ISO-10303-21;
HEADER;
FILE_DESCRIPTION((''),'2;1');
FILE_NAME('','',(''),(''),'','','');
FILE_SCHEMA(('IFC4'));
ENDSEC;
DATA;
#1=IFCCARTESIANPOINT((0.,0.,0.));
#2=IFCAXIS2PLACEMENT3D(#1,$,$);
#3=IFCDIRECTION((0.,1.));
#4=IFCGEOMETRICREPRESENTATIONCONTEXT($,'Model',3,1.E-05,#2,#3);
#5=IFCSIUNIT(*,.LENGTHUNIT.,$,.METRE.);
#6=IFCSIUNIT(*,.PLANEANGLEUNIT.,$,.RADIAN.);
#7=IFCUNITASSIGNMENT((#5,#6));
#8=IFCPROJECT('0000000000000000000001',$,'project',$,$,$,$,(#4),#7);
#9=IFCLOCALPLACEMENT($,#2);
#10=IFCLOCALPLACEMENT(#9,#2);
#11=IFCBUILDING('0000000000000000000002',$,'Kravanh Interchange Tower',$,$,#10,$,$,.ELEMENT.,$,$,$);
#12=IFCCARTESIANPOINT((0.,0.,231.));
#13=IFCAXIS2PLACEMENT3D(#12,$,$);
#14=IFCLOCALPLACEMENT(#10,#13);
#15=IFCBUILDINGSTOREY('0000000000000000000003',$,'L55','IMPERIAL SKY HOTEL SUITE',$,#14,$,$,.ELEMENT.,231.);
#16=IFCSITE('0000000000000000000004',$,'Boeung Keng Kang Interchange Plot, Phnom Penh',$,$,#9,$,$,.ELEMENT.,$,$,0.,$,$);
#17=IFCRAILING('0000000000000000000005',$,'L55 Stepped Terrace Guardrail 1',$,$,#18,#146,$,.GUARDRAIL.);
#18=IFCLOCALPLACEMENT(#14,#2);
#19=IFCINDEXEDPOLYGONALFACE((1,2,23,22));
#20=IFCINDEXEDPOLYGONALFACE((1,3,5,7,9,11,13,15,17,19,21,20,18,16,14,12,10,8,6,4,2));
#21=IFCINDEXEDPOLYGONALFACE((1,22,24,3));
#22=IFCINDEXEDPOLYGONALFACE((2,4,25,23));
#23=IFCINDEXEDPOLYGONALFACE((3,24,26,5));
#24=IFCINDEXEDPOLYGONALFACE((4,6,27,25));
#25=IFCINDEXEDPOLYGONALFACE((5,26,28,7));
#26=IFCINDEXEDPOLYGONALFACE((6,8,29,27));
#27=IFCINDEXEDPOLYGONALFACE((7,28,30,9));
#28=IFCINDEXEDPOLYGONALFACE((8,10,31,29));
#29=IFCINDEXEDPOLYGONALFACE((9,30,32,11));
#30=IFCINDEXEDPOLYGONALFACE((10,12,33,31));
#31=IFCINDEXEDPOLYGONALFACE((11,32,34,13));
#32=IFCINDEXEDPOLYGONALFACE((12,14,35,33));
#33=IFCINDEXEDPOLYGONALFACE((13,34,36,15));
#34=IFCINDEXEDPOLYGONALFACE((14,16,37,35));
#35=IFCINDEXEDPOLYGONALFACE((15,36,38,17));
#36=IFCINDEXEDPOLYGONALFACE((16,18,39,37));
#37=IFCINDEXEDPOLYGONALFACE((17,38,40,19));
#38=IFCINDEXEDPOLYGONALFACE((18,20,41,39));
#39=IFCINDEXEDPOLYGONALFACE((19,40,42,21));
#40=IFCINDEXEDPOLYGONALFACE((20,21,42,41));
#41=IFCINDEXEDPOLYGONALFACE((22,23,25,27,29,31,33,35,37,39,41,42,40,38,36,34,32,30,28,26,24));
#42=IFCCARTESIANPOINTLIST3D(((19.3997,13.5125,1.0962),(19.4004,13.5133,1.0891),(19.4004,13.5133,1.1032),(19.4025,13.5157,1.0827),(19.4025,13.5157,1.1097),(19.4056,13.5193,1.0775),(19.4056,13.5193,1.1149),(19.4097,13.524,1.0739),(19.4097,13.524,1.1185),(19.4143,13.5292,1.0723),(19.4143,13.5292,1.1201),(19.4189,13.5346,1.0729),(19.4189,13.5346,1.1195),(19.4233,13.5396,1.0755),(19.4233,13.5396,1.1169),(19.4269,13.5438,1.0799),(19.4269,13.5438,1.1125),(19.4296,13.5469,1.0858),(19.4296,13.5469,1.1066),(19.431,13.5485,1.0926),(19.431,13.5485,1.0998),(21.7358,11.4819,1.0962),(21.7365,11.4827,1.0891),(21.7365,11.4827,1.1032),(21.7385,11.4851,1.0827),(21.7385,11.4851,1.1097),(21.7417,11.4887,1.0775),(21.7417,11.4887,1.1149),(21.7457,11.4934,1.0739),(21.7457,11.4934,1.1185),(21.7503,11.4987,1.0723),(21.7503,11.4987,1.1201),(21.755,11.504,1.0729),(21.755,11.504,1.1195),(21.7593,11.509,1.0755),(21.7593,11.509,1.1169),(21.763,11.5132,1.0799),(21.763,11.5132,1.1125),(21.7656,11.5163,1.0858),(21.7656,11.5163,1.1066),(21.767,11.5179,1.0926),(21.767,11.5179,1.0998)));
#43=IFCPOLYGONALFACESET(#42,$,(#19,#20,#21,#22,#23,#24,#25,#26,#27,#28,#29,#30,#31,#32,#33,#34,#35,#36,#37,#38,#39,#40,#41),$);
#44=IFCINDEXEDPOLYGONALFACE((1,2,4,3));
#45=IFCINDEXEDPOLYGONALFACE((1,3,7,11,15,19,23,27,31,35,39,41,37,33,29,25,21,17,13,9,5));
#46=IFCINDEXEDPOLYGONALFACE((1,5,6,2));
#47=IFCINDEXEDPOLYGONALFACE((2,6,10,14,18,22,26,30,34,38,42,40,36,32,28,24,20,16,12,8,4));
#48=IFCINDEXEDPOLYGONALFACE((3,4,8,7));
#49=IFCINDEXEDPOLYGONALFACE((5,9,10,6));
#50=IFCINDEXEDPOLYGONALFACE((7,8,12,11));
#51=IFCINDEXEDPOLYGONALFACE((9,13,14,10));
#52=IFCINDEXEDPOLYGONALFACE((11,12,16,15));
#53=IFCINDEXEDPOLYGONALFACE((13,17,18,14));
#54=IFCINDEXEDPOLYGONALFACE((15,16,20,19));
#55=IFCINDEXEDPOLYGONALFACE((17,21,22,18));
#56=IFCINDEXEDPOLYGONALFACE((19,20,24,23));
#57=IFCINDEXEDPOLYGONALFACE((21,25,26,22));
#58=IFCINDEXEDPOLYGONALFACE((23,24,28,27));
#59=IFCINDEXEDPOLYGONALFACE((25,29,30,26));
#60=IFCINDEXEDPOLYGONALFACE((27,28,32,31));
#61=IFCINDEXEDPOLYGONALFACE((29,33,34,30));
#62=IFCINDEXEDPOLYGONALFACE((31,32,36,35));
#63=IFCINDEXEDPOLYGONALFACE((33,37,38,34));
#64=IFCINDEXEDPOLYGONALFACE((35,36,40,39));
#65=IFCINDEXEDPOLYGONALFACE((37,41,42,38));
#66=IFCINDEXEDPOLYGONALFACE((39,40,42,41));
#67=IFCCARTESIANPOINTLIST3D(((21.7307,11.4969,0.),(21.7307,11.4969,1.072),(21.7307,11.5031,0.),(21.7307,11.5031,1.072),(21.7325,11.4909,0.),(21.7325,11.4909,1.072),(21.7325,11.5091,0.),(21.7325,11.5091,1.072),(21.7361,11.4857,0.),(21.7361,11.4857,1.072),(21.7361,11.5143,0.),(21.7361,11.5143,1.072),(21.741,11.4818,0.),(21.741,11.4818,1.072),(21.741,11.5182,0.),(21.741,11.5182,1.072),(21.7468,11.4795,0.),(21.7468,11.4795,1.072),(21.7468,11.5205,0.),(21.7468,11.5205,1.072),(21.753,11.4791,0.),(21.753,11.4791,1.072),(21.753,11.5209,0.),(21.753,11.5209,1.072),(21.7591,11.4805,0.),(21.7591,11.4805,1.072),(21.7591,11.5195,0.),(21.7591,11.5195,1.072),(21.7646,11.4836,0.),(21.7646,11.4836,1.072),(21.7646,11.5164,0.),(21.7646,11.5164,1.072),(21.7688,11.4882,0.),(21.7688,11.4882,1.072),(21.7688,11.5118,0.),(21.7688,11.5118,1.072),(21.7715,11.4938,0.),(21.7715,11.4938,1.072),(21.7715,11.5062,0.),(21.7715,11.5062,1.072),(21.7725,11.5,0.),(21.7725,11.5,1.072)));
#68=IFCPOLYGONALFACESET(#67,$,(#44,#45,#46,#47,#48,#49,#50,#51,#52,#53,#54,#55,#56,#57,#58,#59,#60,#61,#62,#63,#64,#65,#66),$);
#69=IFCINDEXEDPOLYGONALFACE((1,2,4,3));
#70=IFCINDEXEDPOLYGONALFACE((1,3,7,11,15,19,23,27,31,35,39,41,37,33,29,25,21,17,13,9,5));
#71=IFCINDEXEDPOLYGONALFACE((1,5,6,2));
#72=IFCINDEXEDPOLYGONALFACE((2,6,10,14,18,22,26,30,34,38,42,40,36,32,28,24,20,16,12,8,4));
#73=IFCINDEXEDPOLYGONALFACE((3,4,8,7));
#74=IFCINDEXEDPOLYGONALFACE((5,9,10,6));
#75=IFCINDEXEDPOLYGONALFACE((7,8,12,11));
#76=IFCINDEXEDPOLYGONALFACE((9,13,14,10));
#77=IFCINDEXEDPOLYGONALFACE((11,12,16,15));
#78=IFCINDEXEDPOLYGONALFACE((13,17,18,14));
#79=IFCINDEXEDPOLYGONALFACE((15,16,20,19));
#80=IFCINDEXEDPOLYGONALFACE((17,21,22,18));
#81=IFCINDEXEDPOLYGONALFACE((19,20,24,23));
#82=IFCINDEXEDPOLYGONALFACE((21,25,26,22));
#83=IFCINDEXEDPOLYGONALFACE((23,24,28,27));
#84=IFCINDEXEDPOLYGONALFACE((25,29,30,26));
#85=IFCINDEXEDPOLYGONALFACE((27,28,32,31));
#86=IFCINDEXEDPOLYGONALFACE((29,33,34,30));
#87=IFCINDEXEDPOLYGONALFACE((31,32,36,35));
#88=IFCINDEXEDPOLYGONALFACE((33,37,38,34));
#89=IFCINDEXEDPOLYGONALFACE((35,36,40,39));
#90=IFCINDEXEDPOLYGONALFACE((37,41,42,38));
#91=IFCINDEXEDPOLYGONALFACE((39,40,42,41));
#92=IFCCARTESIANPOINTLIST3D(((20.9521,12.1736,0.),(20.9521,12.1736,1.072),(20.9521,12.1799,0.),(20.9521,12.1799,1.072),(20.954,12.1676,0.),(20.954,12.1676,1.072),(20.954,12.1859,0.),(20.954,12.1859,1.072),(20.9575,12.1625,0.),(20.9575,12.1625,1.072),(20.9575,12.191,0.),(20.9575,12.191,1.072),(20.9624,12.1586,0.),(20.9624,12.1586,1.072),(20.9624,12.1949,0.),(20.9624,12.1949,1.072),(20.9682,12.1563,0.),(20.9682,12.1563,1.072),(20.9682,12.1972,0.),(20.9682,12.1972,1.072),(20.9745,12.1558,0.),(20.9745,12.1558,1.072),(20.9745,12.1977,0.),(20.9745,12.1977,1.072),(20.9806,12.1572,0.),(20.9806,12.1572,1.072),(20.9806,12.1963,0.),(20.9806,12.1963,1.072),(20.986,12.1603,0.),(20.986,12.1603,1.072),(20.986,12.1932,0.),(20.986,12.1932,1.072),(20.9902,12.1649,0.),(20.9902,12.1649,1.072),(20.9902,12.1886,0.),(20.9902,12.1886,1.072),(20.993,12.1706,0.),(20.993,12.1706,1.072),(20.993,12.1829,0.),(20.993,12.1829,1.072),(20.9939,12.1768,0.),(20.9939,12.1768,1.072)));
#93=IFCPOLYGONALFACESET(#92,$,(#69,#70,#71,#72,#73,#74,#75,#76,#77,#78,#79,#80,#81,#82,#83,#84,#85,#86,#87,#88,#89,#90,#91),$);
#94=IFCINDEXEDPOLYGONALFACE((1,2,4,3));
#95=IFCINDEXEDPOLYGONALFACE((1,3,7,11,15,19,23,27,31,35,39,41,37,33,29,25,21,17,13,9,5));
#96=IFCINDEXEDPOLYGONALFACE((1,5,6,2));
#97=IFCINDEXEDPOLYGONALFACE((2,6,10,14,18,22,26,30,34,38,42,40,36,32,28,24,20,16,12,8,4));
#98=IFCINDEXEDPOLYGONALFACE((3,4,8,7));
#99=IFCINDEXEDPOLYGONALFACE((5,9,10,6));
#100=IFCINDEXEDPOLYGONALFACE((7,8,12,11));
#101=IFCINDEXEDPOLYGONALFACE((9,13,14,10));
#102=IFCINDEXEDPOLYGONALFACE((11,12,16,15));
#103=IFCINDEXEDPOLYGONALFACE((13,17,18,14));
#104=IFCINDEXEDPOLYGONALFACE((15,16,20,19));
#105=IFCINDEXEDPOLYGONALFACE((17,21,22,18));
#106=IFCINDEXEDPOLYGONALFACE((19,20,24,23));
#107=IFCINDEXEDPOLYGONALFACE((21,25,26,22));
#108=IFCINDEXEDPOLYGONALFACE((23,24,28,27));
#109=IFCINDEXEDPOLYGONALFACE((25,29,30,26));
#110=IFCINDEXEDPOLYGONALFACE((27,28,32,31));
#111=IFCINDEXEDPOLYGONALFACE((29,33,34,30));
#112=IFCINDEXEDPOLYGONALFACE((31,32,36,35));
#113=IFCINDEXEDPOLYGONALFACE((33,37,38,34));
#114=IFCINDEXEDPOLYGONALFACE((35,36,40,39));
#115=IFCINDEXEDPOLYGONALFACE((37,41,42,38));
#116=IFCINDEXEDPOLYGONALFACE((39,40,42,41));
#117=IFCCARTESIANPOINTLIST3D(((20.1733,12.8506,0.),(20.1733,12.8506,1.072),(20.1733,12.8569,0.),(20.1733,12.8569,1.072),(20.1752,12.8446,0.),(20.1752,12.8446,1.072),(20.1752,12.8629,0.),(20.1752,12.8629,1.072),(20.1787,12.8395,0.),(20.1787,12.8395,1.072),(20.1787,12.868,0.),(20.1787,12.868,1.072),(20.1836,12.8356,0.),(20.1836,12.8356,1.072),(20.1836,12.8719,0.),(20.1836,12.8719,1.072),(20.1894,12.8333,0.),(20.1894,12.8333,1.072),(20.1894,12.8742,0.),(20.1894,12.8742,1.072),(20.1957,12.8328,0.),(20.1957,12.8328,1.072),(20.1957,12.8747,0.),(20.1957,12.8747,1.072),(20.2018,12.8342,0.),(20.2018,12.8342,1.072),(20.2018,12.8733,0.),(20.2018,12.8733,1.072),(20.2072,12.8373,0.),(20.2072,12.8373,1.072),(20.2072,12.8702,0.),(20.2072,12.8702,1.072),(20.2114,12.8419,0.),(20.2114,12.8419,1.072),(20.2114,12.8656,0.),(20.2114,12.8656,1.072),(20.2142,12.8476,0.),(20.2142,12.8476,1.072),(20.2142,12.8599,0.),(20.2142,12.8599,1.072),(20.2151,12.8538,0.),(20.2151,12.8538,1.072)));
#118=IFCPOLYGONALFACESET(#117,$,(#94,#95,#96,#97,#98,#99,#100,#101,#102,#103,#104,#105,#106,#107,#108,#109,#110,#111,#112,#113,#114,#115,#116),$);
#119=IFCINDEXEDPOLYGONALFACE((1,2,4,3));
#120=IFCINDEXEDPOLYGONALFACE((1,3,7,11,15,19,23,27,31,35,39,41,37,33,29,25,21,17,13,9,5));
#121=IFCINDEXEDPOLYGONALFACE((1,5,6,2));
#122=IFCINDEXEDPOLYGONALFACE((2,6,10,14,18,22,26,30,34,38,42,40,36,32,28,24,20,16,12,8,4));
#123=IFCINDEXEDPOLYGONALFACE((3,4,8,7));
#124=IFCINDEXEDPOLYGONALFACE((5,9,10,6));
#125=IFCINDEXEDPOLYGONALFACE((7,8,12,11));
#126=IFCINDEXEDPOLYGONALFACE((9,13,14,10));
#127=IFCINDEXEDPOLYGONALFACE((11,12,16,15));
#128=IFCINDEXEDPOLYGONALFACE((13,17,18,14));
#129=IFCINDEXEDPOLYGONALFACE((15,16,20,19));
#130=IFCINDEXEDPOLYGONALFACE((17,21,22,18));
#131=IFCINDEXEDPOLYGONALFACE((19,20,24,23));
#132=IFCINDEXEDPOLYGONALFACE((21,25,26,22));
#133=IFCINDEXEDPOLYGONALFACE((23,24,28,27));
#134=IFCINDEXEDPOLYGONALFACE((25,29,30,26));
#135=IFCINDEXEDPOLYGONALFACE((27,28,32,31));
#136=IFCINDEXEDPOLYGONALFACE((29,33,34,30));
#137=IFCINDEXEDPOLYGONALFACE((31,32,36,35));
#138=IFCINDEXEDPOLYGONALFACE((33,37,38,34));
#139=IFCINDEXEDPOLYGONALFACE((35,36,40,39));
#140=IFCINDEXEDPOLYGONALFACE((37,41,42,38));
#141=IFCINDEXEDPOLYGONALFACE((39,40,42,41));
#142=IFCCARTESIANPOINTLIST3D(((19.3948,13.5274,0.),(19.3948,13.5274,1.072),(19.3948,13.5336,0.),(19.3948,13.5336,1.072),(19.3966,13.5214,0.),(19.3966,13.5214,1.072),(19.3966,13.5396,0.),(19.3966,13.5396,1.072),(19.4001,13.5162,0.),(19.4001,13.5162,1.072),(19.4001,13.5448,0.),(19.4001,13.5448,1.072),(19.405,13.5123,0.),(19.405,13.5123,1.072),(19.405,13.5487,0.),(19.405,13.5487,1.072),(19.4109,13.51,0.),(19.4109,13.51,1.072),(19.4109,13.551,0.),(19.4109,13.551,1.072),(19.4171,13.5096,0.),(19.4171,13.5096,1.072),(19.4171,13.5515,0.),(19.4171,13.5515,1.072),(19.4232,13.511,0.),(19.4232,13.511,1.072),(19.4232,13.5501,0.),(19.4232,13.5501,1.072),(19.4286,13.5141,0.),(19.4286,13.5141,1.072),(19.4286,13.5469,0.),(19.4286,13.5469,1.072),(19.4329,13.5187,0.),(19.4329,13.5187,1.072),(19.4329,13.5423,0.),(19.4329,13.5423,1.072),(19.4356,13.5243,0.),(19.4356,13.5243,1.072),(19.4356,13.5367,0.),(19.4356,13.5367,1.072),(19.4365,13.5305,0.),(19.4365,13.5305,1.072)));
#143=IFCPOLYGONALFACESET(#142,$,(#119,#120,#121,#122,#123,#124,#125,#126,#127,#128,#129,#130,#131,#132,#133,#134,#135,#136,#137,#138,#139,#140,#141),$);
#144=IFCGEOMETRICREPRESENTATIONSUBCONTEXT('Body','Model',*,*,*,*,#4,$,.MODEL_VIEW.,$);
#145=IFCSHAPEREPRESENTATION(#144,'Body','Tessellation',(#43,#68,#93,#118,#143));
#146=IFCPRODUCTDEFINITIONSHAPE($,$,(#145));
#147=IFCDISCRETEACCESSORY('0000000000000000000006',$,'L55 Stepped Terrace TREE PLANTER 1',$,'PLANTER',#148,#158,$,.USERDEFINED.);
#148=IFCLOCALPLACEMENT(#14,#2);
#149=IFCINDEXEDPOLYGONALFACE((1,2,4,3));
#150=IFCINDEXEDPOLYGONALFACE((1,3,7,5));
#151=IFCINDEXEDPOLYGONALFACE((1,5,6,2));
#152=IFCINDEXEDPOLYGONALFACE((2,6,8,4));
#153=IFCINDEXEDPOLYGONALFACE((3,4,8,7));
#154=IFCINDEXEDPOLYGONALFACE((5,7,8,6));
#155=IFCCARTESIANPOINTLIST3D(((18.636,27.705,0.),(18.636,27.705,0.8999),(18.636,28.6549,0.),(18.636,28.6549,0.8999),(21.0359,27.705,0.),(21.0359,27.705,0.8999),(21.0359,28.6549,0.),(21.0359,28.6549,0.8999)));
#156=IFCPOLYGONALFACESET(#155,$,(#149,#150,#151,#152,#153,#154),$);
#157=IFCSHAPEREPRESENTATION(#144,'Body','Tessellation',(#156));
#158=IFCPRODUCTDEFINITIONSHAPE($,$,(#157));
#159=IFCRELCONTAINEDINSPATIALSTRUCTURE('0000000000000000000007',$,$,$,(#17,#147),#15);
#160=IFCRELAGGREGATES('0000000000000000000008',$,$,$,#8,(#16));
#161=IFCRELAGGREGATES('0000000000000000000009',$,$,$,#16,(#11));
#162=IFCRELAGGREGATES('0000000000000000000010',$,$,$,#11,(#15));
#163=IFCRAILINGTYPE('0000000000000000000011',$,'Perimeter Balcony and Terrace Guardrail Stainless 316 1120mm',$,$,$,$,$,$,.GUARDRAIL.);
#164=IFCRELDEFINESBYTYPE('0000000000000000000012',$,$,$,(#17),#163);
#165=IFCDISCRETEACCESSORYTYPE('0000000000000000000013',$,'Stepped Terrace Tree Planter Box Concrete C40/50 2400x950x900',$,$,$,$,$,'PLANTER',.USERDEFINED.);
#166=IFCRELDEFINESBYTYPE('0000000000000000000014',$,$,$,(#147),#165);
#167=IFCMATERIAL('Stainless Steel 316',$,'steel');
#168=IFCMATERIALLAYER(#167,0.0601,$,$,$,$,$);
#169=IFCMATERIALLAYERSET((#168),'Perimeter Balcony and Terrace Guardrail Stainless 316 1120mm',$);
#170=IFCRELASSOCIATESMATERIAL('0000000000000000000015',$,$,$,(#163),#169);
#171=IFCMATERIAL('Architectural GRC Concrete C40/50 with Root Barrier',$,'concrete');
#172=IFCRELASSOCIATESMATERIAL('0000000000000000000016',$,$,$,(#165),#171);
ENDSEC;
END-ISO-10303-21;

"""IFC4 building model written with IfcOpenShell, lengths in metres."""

from ifc_helpers import new_model, si_unit, direction, frame, origin, origin_2d, place, context, subcontext, project, spatial, rectangle, circle, extrude, material, layer, layer_set, type_object, element, save


model = new_model("IFC4")

# Units and contexts
model_context = context("Model", 3, precision=1e-05, world=origin(), true_north=direction((0.0, 1.0)))
body_context = subcontext(model_context, "Body", "Model", "MODEL_VIEW")
ifc_project = project(units=[si_unit("LENGTHUNIT", "METRE"), si_unit("PLANEANGLEUNIT", "RADIAN")], contexts=[model_context])

# Site, building, storey
site_placement = place(None, origin())
site = spatial("IfcSite", under=ifc_project, at=site_placement, Name="Boeung Keng Kang Interchange Plot, Phnom Penh", CompositionType="ELEMENT", RefElevation=0.0)
building_placement = place(site_placement, origin())
building = spatial("IfcBuilding", under=site, at=building_placement, Name="Kravanh Interchange Tower", CompositionType="ELEMENT")
storey_placement = place(building_placement, frame((0.0, 0.0, 231.0)))
storey = spatial("IfcBuildingStorey", under=building, at=storey_placement, Name="L55", Description="IMPERIAL SKY HOTEL SUITE", CompositionType="ELEMENT", Elevation=231.0)

# Railing
ifc_material_1 = material(Name="Stainless Steel 316", Category="steel")
ifc_layer_1 = layer(ifc_material_1, 0.0601)
ifc_layer_set_1 = layer_set([ifc_layer_1], Name="Perimeter Balcony and Terrace Guardrail Stainless 316 1120mm")
railing_type = type_object("IfcRailingType", Name="Perimeter Balcony and Terrace Guardrail Stainless 316 1120mm", PredefinedType="GUARDRAIL", material=ifc_layer_set_1)
railing_1_placement = place(storey_placement, frame((21.7515, 11.5, 0.0)))
element("IfcRailing", 1, at=railing_1_placement, inside=storey, type_object=railing_type, Name="L55 Stepped Terrace Guardrail 1", PredefinedType="GUARDRAIL", context=body_context, shape_type="SweptSolid", body=[
    extrude(circle(Radius=0.0239, at=origin_2d()), frame((0.0, 0.0, 1.0962), z_axis=(-0.754723, 0.656044, 0.0), x_axis=(-0.656044, -0.754723, 0.0)), (0.0, 0.0, 1.0), 3.0952),
    extrude(circle(Radius=0.021, at=origin_2d()), origin(), (0.0, 0.0, 1.0), 1.072),
    extrude(circle(Radius=0.021, at=origin_2d()), frame((-0.7786, 0.6768, 0.0)), (0.0, 0.0, 1.0), 1.072),
    extrude(circle(Radius=0.021, at=origin_2d()), frame((-1.5574, 1.3538, 0.0)), (0.0, 0.0, 1.0), 1.072),
    extrude(circle(Radius=0.021, at=origin_2d()), frame((-2.3359, 2.0305, 0.0)), (0.0, 0.0, 1.0), 1.072),
])

# Discrete accessory
ifc_material_2 = material(Name="Architectural GRC Concrete C40/50 with Root Barrier", Category="concrete")
discrete_accessory_type = type_object("IfcDiscreteAccessoryType", Name="Stepped Terrace Tree Planter Box Concrete C40/50 2400x950x900", ElementType="PLANTER", PredefinedType="USERDEFINED", material=ifc_material_2)
discrete_accessory_placement = place(storey_placement, frame((19.8359, 28.1799, 0.0), z_axis=(0.0, 0.0, 1.0), x_axis=(1.0, 0.0, 0.0)))
element("IfcDiscreteAccessory", 2, at=discrete_accessory_placement, inside=storey, type_object=discrete_accessory_type, Name="L55 Stepped Terrace TREE PLANTER 1", ObjectType="PLANTER", PredefinedType="USERDEFINED", context=body_context, shape_type="SweptSolid", body=[
    extrude(rectangle(XDim=2.3999, YDim=0.95, at=origin_2d()), origin(), (0.0, 0.0, 1.0), 0.8999),
])

save(model, "model.ifc")
